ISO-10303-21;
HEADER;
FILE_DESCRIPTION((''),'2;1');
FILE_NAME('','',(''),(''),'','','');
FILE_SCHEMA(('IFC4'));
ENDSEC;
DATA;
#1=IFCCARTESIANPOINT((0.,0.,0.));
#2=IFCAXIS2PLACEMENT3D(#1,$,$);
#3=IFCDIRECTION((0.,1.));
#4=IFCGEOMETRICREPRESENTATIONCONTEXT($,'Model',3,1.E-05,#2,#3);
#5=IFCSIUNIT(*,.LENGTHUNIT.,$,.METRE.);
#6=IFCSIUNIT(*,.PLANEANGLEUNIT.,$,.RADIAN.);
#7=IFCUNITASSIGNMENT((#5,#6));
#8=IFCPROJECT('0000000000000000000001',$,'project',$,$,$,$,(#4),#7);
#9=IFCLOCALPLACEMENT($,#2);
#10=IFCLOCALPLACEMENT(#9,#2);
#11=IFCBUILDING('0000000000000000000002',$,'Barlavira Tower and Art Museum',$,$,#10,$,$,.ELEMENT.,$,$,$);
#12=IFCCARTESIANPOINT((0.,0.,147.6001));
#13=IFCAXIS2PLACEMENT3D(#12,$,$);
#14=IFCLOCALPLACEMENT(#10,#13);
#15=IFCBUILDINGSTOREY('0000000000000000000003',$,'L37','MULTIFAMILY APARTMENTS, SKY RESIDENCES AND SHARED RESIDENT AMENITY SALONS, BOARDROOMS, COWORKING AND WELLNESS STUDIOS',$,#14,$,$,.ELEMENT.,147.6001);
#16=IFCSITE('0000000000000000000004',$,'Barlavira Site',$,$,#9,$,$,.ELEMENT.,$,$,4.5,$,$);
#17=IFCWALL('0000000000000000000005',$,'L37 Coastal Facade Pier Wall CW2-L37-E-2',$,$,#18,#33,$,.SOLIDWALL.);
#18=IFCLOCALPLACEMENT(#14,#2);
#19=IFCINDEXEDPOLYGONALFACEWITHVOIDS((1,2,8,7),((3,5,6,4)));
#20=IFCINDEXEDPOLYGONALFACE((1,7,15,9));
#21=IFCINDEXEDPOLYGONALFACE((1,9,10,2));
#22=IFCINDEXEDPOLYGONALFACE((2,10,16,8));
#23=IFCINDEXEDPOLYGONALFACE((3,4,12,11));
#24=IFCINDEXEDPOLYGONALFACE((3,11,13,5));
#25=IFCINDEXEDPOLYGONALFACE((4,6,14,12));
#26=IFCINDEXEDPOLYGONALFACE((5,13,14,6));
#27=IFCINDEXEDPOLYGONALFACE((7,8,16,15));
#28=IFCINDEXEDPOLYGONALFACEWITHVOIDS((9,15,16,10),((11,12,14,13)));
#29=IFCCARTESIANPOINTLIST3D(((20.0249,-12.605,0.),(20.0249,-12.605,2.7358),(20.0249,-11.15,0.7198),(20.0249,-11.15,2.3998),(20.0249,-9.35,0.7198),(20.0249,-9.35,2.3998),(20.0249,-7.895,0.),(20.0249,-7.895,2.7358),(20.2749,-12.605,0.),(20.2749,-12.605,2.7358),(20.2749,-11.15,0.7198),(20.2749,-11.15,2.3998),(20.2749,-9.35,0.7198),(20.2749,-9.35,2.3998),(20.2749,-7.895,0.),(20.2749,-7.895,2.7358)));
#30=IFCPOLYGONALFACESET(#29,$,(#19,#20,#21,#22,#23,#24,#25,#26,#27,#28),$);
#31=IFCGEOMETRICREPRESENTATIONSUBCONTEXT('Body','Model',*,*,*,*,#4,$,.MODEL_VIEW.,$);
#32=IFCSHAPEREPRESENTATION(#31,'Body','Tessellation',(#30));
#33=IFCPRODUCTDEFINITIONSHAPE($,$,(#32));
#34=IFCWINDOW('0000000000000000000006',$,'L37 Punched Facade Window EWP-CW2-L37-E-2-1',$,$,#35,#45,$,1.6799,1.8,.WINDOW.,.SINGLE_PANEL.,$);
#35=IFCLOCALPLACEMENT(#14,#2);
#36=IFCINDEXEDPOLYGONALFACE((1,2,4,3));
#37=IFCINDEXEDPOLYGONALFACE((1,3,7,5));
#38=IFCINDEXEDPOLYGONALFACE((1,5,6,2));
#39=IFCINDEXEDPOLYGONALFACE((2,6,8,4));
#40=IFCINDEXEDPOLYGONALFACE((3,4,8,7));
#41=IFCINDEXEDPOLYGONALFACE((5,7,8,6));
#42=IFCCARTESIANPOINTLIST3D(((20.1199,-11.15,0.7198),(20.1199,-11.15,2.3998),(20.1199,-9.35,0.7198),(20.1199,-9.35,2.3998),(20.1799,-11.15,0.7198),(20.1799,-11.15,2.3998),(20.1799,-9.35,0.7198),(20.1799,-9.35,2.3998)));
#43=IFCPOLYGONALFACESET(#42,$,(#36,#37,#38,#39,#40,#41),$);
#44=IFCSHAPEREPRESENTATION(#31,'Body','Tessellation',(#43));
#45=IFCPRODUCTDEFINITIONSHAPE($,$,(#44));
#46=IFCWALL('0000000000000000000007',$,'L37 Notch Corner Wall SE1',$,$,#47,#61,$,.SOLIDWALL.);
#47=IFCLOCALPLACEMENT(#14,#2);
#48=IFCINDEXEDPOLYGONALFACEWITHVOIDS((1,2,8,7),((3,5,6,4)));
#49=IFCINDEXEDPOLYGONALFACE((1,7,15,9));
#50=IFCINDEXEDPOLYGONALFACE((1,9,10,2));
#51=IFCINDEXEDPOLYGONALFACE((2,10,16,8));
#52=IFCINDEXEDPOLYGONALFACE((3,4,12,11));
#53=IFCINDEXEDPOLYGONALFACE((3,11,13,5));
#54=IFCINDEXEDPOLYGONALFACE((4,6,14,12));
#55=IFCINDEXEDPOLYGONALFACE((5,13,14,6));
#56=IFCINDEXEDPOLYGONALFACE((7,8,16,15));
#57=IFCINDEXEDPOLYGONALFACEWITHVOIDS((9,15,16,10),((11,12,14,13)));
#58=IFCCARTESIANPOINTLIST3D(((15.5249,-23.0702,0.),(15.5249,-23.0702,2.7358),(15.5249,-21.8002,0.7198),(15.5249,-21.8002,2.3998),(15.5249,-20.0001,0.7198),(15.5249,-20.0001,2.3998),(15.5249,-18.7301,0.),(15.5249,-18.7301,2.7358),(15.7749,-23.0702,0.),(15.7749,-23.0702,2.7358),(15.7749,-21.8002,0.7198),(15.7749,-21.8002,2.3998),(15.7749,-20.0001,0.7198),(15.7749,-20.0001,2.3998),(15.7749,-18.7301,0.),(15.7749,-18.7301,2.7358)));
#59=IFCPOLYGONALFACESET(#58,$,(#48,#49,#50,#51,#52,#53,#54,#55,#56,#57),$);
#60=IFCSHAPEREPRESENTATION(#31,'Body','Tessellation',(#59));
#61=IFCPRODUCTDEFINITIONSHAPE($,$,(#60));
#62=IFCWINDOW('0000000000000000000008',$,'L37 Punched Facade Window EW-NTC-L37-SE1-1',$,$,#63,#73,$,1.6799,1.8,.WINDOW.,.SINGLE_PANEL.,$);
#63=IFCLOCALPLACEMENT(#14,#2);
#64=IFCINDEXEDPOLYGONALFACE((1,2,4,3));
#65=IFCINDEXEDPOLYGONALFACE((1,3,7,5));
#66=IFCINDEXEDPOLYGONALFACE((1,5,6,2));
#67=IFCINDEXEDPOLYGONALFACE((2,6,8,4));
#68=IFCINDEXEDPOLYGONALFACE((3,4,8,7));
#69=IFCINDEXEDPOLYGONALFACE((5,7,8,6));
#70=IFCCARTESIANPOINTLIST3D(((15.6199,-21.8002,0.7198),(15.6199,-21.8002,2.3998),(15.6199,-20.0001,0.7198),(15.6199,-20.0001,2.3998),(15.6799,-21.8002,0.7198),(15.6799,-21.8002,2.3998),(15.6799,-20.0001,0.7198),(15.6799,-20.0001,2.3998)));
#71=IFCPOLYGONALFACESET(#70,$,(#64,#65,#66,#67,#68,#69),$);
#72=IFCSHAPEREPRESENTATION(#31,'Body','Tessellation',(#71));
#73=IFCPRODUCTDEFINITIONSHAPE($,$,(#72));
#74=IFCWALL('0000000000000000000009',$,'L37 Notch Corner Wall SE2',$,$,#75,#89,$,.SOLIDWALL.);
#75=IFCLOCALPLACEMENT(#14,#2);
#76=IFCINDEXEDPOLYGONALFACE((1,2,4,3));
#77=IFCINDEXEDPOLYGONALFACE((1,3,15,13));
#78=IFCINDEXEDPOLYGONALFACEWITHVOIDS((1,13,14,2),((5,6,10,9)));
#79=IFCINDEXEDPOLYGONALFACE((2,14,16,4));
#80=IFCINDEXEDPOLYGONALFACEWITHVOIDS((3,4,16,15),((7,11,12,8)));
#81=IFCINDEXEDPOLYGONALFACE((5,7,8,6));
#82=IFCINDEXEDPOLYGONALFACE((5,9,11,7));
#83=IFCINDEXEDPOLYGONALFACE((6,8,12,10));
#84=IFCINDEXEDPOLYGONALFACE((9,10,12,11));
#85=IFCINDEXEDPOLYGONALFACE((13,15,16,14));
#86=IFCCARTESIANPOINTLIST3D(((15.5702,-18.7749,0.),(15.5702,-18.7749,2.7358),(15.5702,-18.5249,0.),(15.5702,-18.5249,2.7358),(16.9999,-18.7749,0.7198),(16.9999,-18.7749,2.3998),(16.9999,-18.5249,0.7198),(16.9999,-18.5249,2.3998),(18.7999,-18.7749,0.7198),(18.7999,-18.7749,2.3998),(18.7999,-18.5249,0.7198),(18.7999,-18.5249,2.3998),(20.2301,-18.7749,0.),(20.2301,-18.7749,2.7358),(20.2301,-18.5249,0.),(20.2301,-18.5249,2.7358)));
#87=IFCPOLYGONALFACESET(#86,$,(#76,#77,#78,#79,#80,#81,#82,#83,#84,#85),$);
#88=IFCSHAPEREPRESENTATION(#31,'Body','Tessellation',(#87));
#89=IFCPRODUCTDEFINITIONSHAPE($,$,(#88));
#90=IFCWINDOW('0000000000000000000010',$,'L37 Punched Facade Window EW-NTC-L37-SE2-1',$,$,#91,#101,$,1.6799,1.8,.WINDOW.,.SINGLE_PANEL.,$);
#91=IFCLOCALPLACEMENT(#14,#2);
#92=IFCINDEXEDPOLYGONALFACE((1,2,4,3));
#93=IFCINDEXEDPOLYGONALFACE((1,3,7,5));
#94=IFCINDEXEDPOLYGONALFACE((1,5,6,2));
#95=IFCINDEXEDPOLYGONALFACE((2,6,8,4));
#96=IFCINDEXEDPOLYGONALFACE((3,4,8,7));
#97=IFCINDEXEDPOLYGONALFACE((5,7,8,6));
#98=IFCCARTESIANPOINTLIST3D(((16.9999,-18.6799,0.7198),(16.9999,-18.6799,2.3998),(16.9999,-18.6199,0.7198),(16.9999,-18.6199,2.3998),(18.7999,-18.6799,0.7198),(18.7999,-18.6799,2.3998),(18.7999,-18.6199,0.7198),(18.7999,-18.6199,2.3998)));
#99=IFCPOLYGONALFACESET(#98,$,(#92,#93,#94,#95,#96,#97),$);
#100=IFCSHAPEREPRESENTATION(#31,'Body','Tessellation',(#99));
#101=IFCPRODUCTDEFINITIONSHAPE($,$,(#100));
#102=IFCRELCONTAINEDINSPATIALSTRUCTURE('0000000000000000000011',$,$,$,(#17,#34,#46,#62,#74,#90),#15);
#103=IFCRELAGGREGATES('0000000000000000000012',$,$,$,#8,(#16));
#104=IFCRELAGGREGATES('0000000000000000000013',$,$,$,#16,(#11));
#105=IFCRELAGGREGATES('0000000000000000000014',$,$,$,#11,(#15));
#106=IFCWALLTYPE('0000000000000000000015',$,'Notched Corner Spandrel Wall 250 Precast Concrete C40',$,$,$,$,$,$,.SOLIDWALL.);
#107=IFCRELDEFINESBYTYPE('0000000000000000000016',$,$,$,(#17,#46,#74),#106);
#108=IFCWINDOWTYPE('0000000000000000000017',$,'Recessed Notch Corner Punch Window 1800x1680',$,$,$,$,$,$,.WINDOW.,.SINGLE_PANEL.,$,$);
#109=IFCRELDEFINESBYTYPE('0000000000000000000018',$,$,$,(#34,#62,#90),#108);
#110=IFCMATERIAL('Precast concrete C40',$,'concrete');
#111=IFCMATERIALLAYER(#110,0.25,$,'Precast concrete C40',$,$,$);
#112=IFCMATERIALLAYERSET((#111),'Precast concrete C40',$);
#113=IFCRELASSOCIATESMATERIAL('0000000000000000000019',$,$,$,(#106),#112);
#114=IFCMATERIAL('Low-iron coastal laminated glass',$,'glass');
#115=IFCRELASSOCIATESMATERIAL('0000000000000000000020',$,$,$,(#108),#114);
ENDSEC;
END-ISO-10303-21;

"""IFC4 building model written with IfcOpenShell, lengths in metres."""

from ifc_helpers import new_model, si_unit, direction, frame, frame_2d, origin, place, context, subcontext, project, spatial, rectangle, extrude, material, layer, layer_set, type_object, element, fill, save


model = new_model("IFC4")

# Units and contexts
model_context = context("Model", 3, precision=1e-05, world=origin(), true_north=direction((0.0, 1.0)))
body_context = subcontext(model_context, "Body", "Model", "MODEL_VIEW")
ifc_project = project(units=[si_unit("LENGTHUNIT", "METRE"), si_unit("PLANEANGLEUNIT", "RADIAN")], contexts=[model_context])

# Site, building, storey
site_placement = place(None, origin())
site = spatial("IfcSite", under=ifc_project, at=site_placement, Name="Barlavira Site", CompositionType="ELEMENT", RefElevation=4.5)
building_placement = place(site_placement, origin())
building = spatial("IfcBuilding", under=site, at=building_placement, Name="Barlavira Tower and Art Museum", CompositionType="ELEMENT")
storey_placement = place(building_placement, frame((0.0, 0.0, 147.6001)))
storey = spatial("IfcBuildingStorey", under=building, at=storey_placement, Name="L37", Description="MULTIFAMILY APARTMENTS, SKY RESIDENCES AND SHARED RESIDENT AMENITY SALONS, BOARDROOMS, COWORKING AND WELLNESS STUDIOS", CompositionType="ELEMENT", Elevation=147.6001)

# Walls, openings, windows
ifc_material_1 = material(Name="Precast concrete C40", Category="concrete")
ifc_layer_1 = layer(ifc_material_1, 0.25, Name="Precast concrete C40")
ifc_layer_set_1 = layer_set([ifc_layer_1], Name="Precast concrete C40")
wall_type_1 = type_object("IfcWallType", Name="Notched Corner Spandrel Wall 250 Precast Concrete C40", PredefinedType="SOLIDWALL", material=ifc_layer_set_1)
ifc_material_2 = material(Name="Low-iron coastal laminated glass", Category="glass")
window_type = type_object("IfcWindowType", Name="Recessed Notch Corner Punch Window 1800x1680", PartitioningType="SINGLE_PANEL", PredefinedType="WINDOW", material=ifc_material_2)
wall_1_placement = place(storey_placement, frame((20.1499, -12.605, 0.0), z_axis=(0.0, 0.0, 1.0), x_axis=(0.0, 1.0, 0.0)))
wall_1 = element("IfcWall", 1, at=wall_1_placement, inside=storey, type_object=wall_type_1, Name="L37 Coastal Facade Pier Wall CW2-L37-E-2", PredefinedType="SOLIDWALL", context=body_context, shape_type="SweptSolid", body=[
    extrude(rectangle(XDim=4.71, YDim=0.25, at=frame_2d((2.355, 0.0))), origin(), (0.0, 0.0, 1.0), 2.7358),
])
opening_1_placement = place(wall_1_placement, frame((1.4551, 0.0, 0.72)))
opening_1 = element("IfcOpeningElement", 2, at=opening_1_placement, cuts=wall_1, PredefinedType="OPENING", context=body_context, shape_type="SweptSolid", body=[
    extrude(rectangle(XDim=1.8, YDim=1.6799, at=frame_2d((0.8999, 0.8398))), frame((0.0, 0.135, 0.0), z_axis=(0.0, -1.0, 0.0), x_axis=(1.0, 0.0, 0.0)), (0.0, 0.0, 1.0), 0.27),
])
window_1_placement = place(opening_1_placement, origin())
window_1 = element("IfcWindow", 3, at=window_1_placement, inside=storey, type_object=window_type, Name="L37 Punched Facade Window EWP-CW2-L37-E-2-1", OverallHeight=1.6799, OverallWidth=1.8, PartitioningType="SINGLE_PANEL", PredefinedType="WINDOW", context=body_context, shape_type="SweptSolid", body=[
    extrude(rectangle(XDim=1.8, YDim=1.6799, at=frame_2d((0.8999, 0.8398))), frame((0.0, 0.03, 0.0), z_axis=(0.0, -1.0, 0.0), x_axis=(1.0, 0.0, 0.0)), (0.0, 0.0, 1.0), 0.0601),
])
fill(opening_1, window_1)
wall_2_placement = place(storey_placement, frame((15.6499, -23.0701, 0.0), z_axis=(0.0, 0.0, 1.0), x_axis=(0.0, 1.0, 0.0)))
wall_2 = element("IfcWall", 4, at=wall_2_placement, inside=storey, type_object=wall_type_1, Name="L37 Notch Corner Wall SE1", PredefinedType="SOLIDWALL", context=body_context, shape_type="SweptSolid", body=[
    extrude(rectangle(XDim=4.3401, YDim=0.25, at=frame_2d((2.1699, 0.0))), origin(), (0.0, 0.0, 1.0), 2.7358),
])
opening_2_placement = place(wall_2_placement, frame((1.27, 0.0, 0.72)))
opening_2 = element("IfcOpeningElement", 5, at=opening_2_placement, cuts=wall_2, PredefinedType="OPENING", context=body_context, shape_type="SweptSolid", body=[
    extrude(rectangle(XDim=1.8, YDim=1.6799, at=frame_2d((0.8999, 0.8398))), frame((0.0, 0.135, 0.0), z_axis=(0.0, -1.0, 0.0), x_axis=(1.0, 0.0, 0.0)), (0.0, 0.0, 1.0), 0.27),
])
window_2_placement = place(opening_2_placement, origin())
window_2 = element("IfcWindow", 6, at=window_2_placement, inside=storey, type_object=window_type, Name="L37 Punched Facade Window EW-NTC-L37-SE1-1", OverallHeight=1.6799, OverallWidth=1.8, PartitioningType="SINGLE_PANEL", PredefinedType="WINDOW", context=body_context, shape_type="SweptSolid", body=[
    extrude(rectangle(XDim=1.8, YDim=1.6799, at=frame_2d((0.8999, 0.8398))), frame((0.0, 0.03, 0.0), z_axis=(0.0, -1.0, 0.0), x_axis=(1.0, 0.0, 0.0)), (0.0, 0.0, 1.0), 0.0601),
])
fill(opening_2, window_2)
wall_3_placement = place(storey_placement, frame((15.5701, -18.6499, 0.0), z_axis=(0.0, 0.0, 1.0), x_axis=(1.0, 0.0, 0.0)))
wall_3 = element("IfcWall", 7, at=wall_3_placement, inside=storey, type_object=wall_type_1, Name="L37 Notch Corner Wall SE2", PredefinedType="SOLIDWALL", context=body_context, shape_type="SweptSolid", body=[
    extrude(rectangle(XDim=4.6599, YDim=0.25, at=frame_2d((2.3301, 0.0))), origin(), (0.0, 0.0, 1.0), 2.7358),
])
opening_3_placement = place(wall_3_placement, frame((1.4299, 0.0, 0.72)))
opening_3 = element("IfcOpeningElement", 8, at=opening_3_placement, cuts=wall_3, PredefinedType="OPENING", context=body_context, shape_type="SweptSolid", body=[
    extrude(rectangle(XDim=1.8, YDim=1.6799, at=frame_2d((0.8999, 0.8398))), frame((0.0, 0.135, 0.0), z_axis=(0.0, -1.0, 0.0), x_axis=(1.0, 0.0, 0.0)), (0.0, 0.0, 1.0), 0.27),
])
window_3_placement = place(opening_3_placement, origin())
window_3 = element("IfcWindow", 9, at=window_3_placement, inside=storey, type_object=window_type, Name="L37 Punched Facade Window EW-NTC-L37-SE2-1", OverallHeight=1.6799, OverallWidth=1.8, PartitioningType="SINGLE_PANEL", PredefinedType="WINDOW", context=body_context, shape_type="SweptSolid", body=[
    extrude(rectangle(XDim=1.8, YDim=1.6799, at=frame_2d((0.8999, 0.8398))), frame((0.0, 0.03, 0.0), z_axis=(0.0, -1.0, 0.0), x_axis=(1.0, 0.0, 0.0)), (0.0, 0.0, 1.0), 0.0601),
])
fill(opening_3, window_3)

save(model, "model.ifc")
